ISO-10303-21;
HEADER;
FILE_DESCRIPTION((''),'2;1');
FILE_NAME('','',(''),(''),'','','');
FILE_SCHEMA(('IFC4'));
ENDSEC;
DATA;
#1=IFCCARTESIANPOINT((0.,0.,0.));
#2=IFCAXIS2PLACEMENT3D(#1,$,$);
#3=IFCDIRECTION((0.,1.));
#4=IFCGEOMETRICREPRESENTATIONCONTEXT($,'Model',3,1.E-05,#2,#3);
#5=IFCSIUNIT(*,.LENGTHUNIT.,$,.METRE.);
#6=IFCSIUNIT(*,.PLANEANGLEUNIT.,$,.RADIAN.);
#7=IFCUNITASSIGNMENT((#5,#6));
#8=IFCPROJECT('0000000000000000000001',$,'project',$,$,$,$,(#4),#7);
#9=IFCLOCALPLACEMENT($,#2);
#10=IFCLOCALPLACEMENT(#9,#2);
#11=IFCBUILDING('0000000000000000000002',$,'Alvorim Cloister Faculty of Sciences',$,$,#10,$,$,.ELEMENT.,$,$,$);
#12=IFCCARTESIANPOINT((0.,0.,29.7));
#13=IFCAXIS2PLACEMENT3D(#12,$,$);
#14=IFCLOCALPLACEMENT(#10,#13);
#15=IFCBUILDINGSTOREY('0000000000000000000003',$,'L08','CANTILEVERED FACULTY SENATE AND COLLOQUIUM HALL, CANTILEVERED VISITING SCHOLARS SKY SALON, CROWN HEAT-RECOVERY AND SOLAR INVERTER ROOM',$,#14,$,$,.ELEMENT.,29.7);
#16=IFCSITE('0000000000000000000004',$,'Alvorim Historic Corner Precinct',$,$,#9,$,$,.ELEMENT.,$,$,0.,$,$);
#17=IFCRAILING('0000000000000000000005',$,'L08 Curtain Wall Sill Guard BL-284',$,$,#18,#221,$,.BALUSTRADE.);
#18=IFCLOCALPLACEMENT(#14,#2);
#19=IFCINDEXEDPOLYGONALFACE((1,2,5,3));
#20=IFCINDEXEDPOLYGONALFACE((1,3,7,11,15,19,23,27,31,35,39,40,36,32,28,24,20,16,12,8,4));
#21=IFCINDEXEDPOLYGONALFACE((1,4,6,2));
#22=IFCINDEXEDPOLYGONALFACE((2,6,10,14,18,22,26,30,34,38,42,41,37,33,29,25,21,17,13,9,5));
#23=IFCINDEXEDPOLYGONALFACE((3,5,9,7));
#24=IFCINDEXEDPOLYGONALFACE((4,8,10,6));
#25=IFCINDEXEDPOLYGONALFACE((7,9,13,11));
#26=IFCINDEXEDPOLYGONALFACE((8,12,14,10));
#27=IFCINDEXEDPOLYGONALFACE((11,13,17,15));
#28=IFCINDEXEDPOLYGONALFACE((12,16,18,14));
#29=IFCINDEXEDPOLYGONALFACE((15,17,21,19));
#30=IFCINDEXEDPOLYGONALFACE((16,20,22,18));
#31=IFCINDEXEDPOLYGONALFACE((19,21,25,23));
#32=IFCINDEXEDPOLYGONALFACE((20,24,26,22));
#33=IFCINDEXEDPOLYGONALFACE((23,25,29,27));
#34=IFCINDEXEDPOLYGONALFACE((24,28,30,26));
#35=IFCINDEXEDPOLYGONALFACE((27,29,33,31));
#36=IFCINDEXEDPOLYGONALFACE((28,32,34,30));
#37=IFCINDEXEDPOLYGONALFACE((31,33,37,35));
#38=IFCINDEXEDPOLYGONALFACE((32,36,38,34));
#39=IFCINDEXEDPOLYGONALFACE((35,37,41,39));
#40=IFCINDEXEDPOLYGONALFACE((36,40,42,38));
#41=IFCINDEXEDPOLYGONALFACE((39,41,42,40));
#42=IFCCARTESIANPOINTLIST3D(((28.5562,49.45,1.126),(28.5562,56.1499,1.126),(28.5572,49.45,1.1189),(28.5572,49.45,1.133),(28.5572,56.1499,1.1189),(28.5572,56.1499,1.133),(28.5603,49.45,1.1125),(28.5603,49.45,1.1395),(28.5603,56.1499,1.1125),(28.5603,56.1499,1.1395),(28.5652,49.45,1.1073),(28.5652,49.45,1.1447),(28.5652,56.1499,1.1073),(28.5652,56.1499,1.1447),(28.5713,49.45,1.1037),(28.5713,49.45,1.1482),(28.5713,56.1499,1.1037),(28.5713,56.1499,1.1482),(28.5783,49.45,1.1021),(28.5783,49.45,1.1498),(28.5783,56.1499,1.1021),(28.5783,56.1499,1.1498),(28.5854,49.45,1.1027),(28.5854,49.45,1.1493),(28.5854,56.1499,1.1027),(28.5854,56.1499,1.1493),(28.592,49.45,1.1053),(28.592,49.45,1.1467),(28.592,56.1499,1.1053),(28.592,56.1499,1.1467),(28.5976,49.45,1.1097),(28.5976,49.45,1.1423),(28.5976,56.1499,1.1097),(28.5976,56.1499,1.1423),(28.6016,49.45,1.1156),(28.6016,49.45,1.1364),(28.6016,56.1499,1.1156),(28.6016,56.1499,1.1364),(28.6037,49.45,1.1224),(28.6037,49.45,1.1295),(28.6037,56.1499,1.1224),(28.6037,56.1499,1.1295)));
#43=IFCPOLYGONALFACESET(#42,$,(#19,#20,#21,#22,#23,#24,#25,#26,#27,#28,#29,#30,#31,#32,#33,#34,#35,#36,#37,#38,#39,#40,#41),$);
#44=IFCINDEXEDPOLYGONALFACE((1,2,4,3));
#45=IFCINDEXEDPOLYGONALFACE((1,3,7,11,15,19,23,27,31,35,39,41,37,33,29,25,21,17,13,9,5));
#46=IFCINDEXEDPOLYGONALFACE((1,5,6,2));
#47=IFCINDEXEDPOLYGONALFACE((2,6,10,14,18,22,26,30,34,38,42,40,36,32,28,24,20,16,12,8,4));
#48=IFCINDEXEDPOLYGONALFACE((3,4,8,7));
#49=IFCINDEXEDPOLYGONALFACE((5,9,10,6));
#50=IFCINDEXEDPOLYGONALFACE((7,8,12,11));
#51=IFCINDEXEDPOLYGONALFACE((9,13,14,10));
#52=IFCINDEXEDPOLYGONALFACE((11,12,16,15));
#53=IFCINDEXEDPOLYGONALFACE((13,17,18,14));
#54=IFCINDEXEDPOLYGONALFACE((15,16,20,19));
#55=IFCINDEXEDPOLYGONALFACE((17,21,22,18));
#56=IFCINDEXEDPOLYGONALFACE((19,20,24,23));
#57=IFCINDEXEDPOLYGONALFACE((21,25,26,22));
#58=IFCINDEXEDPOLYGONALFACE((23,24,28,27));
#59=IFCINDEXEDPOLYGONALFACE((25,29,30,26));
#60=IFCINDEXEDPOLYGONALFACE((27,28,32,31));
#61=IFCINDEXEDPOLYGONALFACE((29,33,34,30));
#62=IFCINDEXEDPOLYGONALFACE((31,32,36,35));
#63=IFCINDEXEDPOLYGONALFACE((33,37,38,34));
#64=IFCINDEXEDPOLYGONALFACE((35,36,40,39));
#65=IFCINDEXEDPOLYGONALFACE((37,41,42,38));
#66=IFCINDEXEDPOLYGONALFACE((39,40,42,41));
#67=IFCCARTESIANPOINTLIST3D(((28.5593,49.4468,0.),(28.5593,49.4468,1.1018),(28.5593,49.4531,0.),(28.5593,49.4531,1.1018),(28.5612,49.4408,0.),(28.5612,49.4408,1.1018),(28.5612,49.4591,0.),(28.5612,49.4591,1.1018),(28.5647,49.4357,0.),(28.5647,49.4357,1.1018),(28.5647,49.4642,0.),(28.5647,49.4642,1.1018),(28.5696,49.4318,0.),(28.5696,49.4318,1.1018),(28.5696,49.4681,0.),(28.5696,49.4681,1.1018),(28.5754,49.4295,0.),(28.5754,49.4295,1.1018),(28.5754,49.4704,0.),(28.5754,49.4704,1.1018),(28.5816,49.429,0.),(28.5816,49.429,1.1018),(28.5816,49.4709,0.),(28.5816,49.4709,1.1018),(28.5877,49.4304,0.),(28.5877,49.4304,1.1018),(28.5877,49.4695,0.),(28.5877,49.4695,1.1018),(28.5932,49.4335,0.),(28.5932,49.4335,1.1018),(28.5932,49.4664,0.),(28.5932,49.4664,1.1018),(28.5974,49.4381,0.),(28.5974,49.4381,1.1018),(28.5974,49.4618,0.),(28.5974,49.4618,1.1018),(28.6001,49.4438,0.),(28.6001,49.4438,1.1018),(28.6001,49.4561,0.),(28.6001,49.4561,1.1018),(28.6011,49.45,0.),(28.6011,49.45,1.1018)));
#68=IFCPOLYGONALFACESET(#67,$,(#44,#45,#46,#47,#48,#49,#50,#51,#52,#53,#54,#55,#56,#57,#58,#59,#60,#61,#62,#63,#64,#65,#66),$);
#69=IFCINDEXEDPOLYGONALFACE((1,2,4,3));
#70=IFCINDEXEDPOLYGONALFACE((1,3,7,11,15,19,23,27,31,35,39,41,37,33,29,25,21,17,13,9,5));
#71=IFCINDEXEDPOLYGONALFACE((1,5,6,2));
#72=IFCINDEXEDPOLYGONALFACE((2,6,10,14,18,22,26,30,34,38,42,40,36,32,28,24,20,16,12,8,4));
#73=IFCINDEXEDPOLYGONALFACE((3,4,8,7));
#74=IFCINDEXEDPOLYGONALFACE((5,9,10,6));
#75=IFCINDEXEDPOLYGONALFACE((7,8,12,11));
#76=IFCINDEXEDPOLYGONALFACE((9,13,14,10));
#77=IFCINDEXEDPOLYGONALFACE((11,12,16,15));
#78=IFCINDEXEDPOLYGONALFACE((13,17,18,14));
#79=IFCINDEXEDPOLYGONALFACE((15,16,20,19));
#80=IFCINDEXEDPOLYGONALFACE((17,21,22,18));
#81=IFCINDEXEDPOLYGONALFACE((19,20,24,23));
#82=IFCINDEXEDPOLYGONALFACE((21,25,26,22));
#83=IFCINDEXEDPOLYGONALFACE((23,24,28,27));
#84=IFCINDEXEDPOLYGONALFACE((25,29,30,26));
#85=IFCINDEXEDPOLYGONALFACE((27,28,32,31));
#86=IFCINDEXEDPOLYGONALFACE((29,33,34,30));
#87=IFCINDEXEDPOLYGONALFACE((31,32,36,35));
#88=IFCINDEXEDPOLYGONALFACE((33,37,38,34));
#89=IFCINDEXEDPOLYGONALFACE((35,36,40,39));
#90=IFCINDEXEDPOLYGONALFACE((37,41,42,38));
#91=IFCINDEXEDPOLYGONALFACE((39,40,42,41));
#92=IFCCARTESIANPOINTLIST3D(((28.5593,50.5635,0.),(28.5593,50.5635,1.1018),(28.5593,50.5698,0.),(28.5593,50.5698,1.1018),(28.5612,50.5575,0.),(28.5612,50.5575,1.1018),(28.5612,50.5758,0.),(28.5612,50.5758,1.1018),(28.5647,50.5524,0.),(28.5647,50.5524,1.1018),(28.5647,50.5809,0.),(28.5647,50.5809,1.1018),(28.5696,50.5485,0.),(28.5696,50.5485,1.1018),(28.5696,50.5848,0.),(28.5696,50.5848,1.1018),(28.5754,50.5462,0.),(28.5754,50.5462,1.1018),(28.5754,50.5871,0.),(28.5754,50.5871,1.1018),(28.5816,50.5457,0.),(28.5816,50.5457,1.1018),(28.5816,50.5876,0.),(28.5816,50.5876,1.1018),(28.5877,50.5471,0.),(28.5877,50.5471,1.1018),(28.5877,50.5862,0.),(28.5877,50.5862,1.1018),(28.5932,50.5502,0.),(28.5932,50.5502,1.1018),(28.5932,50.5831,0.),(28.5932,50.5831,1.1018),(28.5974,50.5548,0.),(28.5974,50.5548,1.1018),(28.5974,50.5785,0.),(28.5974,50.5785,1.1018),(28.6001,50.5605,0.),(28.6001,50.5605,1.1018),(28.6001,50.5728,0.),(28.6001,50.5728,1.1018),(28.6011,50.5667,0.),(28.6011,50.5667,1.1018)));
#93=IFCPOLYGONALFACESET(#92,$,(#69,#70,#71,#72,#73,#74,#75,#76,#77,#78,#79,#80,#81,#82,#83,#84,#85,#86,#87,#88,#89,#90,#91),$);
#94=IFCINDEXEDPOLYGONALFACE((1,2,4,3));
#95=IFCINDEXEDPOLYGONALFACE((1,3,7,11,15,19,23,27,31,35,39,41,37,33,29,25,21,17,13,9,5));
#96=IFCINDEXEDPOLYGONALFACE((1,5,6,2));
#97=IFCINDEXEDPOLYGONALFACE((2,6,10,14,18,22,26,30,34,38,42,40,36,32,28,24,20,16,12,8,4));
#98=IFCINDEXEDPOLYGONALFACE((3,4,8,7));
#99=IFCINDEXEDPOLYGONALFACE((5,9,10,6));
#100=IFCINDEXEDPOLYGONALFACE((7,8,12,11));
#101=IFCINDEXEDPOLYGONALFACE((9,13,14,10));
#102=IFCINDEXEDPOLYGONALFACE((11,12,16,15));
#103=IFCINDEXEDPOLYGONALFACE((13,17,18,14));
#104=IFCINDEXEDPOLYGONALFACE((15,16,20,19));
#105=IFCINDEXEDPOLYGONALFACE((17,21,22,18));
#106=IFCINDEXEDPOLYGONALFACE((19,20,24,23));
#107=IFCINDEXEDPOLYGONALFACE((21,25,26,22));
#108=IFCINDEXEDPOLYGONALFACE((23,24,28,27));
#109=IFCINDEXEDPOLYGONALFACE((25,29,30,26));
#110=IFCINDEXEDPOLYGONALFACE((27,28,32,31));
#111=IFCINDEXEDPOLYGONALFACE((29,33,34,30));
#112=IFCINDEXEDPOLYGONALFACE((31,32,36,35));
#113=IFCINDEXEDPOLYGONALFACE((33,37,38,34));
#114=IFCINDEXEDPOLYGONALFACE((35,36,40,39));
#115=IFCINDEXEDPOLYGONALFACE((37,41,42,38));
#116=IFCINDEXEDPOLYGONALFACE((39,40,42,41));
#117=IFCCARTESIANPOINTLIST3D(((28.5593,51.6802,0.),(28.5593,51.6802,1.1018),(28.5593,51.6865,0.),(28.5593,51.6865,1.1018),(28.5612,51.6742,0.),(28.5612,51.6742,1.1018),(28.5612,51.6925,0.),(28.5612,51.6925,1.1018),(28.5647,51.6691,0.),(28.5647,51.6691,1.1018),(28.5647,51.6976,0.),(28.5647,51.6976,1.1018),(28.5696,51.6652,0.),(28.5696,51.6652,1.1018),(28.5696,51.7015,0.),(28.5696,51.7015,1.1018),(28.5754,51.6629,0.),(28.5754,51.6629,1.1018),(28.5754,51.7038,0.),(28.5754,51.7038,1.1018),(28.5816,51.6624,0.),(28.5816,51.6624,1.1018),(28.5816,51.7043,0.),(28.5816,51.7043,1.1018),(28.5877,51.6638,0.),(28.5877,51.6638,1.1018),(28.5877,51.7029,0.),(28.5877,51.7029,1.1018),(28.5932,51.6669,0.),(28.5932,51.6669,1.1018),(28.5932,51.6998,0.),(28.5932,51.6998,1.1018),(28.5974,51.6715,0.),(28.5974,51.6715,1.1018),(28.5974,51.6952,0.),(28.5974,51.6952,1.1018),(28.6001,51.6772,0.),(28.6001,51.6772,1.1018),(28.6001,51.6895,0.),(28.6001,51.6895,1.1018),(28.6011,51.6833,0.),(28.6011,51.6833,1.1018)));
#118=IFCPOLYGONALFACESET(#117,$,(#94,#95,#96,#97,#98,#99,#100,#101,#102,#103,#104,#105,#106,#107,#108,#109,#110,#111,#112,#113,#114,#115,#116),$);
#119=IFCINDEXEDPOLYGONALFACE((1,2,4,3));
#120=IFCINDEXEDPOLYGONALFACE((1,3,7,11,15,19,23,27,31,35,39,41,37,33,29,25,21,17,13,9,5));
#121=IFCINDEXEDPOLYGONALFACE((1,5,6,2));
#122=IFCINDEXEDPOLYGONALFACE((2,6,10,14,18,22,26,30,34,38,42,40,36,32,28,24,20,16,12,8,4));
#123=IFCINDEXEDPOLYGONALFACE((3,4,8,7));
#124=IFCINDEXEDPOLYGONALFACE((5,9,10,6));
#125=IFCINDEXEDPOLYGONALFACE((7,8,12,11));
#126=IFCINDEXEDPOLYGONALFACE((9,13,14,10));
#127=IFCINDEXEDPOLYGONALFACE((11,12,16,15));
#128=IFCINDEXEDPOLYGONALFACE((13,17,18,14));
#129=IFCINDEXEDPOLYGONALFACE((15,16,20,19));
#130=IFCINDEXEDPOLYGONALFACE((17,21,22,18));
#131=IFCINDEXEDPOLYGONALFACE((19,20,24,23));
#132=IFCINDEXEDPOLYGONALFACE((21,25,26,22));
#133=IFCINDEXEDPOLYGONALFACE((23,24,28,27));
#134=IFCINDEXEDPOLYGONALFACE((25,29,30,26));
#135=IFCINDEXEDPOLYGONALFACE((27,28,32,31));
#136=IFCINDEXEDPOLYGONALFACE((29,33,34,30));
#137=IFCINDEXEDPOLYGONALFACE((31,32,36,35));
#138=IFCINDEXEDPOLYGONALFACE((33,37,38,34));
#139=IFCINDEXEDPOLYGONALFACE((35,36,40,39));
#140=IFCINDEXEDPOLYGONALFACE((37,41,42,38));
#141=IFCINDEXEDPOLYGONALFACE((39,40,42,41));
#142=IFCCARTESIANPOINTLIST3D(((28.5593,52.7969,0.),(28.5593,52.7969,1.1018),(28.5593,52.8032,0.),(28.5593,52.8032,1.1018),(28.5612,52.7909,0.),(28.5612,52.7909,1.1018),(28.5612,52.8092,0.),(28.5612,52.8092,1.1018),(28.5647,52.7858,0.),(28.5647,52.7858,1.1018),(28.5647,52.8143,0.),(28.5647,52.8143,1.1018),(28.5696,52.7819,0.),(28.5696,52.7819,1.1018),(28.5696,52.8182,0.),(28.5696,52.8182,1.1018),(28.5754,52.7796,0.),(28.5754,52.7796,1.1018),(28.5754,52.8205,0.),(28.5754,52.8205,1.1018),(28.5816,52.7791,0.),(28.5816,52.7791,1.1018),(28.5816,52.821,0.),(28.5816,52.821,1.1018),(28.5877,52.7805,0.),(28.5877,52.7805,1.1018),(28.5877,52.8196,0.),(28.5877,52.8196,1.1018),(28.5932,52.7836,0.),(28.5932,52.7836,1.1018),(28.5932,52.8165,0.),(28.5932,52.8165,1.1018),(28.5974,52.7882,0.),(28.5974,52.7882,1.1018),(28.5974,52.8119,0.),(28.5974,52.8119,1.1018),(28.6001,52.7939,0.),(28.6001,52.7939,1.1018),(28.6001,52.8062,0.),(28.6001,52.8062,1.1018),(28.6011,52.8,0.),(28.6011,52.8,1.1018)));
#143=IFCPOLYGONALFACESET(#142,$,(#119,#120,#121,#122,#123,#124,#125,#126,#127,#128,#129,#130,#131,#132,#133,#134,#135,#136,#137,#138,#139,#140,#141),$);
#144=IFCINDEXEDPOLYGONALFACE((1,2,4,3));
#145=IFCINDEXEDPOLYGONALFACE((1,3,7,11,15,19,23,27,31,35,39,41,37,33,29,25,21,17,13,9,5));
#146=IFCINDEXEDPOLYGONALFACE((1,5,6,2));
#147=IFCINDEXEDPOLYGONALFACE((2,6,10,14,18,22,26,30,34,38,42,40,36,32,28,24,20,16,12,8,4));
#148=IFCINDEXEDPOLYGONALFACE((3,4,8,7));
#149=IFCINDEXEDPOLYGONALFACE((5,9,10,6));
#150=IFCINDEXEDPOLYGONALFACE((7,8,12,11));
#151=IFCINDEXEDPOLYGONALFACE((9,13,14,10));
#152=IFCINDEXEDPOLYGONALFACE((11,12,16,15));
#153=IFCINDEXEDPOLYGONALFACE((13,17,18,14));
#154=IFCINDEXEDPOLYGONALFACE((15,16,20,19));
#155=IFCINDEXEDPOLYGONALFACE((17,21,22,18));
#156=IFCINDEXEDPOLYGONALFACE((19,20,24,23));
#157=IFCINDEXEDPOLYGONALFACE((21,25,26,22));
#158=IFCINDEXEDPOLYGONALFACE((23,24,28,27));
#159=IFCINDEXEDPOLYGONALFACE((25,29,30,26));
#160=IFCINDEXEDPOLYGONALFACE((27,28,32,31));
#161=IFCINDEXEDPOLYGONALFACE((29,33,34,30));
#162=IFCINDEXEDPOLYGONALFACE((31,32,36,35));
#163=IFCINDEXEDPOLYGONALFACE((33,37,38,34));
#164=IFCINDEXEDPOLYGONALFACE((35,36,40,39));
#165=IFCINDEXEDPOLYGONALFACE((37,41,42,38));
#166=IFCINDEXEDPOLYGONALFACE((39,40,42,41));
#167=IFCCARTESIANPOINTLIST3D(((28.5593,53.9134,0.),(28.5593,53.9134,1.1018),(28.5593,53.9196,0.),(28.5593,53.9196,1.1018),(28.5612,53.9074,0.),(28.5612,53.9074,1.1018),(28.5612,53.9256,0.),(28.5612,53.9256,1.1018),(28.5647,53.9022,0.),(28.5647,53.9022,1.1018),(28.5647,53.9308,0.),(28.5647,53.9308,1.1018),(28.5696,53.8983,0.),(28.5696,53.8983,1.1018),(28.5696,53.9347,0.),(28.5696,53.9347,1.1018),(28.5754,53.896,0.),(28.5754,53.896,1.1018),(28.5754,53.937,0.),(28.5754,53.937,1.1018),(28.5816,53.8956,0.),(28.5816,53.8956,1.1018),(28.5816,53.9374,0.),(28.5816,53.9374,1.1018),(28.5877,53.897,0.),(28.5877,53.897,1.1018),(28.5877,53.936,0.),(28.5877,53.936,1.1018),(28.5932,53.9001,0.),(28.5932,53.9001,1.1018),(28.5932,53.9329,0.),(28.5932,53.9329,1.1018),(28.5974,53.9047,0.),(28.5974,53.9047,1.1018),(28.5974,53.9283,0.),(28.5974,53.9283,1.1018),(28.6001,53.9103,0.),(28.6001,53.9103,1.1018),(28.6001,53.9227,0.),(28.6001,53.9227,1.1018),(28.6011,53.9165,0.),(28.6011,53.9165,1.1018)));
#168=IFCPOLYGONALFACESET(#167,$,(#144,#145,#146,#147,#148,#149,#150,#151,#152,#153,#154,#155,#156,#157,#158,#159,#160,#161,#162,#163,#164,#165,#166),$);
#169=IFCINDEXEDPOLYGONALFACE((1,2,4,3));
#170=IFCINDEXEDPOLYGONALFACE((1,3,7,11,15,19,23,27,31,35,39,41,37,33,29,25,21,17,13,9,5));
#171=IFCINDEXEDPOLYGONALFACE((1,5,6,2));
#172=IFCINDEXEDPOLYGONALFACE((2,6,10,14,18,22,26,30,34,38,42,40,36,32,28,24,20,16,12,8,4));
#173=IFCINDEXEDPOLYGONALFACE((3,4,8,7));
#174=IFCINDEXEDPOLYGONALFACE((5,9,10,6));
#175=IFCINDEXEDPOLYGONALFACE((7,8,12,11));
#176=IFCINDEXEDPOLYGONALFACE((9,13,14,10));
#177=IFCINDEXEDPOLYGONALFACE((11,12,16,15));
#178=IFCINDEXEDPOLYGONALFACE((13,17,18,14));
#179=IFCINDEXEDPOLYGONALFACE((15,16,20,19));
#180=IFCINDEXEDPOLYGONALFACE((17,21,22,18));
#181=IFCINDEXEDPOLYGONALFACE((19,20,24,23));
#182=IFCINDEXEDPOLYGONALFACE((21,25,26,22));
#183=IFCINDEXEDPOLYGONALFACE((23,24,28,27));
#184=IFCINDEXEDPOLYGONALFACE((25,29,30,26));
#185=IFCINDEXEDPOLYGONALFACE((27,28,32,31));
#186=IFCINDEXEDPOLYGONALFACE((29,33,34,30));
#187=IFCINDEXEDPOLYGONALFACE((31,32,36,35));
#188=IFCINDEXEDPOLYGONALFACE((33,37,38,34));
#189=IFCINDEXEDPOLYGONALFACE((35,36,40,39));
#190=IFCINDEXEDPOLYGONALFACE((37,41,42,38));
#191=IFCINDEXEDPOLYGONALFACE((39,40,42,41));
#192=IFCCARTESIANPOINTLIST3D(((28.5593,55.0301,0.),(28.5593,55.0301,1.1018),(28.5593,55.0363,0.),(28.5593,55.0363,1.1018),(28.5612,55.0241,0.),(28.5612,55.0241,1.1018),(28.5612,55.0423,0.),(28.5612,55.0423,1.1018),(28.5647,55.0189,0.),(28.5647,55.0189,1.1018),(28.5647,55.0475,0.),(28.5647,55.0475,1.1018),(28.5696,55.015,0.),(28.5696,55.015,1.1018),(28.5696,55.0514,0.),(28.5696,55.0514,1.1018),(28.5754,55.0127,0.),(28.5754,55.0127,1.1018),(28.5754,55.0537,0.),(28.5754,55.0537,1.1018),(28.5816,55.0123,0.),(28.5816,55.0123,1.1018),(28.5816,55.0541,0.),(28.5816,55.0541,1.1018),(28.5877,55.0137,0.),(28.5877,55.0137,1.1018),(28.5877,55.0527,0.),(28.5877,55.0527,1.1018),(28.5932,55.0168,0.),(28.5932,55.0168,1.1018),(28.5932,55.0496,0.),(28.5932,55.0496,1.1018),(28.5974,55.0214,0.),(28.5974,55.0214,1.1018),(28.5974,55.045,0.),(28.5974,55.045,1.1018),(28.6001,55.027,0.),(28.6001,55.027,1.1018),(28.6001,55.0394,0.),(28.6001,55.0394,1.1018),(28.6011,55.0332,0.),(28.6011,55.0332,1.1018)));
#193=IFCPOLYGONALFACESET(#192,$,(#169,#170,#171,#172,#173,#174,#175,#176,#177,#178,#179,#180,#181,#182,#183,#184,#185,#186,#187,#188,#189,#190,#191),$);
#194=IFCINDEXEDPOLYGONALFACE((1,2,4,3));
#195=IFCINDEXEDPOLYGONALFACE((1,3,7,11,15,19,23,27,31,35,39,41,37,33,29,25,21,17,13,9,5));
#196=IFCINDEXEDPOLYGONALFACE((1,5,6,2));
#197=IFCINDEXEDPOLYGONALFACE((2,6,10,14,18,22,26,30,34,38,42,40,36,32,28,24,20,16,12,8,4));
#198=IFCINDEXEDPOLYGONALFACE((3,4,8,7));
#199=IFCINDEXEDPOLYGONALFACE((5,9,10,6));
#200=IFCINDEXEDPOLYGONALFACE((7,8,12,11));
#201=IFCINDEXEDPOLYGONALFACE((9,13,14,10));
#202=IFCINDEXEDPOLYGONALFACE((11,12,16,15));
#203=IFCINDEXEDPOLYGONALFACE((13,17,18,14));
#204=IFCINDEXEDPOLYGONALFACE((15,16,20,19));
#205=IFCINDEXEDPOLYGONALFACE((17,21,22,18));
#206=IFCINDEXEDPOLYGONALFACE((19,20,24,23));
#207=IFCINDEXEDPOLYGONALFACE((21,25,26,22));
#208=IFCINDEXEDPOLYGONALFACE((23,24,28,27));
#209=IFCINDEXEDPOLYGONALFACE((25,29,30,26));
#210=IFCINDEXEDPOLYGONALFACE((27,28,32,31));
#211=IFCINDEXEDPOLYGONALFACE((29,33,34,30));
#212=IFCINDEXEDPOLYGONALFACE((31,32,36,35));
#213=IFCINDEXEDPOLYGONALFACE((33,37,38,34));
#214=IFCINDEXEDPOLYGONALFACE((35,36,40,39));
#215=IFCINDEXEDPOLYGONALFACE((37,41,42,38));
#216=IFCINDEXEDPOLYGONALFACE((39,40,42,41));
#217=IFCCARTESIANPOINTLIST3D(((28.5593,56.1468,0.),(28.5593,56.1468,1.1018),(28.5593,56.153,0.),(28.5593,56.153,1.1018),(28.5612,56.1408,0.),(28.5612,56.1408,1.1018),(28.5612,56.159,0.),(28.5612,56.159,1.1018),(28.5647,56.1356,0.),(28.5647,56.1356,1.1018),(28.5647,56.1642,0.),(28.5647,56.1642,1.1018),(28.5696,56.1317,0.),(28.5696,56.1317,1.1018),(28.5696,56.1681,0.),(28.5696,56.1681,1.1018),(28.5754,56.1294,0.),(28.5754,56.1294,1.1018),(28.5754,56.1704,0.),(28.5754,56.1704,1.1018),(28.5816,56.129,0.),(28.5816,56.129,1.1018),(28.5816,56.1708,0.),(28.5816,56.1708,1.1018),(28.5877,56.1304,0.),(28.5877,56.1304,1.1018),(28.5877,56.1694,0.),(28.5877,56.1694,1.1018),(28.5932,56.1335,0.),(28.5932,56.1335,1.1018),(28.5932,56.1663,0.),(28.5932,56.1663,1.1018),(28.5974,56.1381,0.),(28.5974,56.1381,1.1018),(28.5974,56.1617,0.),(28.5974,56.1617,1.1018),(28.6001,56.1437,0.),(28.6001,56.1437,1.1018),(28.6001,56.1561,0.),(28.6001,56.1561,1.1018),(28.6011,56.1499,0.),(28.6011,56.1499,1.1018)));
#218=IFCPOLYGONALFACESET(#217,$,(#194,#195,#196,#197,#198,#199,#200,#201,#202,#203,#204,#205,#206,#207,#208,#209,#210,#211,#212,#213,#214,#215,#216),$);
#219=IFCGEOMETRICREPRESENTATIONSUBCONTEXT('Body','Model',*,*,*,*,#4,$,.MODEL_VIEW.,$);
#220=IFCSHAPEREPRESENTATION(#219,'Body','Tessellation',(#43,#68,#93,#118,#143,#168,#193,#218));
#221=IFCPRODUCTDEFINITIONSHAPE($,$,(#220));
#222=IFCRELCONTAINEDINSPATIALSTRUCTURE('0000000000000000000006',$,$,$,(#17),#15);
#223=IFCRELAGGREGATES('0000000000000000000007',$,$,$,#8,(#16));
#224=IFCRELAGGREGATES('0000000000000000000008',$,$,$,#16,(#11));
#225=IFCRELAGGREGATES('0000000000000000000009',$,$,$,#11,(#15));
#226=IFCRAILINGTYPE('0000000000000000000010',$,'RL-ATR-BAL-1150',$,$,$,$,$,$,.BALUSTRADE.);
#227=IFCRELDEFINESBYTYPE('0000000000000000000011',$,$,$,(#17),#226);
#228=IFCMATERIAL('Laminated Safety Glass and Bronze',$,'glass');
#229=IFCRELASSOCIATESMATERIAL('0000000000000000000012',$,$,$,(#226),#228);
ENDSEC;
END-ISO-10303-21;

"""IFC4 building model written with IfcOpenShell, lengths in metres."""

from ifc_helpers import new_model, si_unit, direction, frame, origin, origin_2d, place, context, subcontext, project, spatial, circle, extrude, material, type_object, element, save


model = new_model("IFC4")

# Units and contexts
model_context = context("Model", 3, precision=1e-05, world=origin(), true_north=direction((0.0, 1.0)))
body_context = subcontext(model_context, "Body", "Model", "MODEL_VIEW")
ifc_project = project(units=[si_unit("LENGTHUNIT", "METRE"), si_unit("PLANEANGLEUNIT", "RADIAN")], contexts=[model_context])

# Site, building, storey
site_placement = place(None, origin())
site = spatial("IfcSite", under=ifc_project, at=site_placement, Name="Alvorim Historic Corner Precinct", CompositionType="ELEMENT", RefElevation=0.0)
building_placement = place(site_placement, origin())
building = spatial("IfcBuilding", under=site, at=building_placement, Name="Alvorim Cloister Faculty of Sciences", CompositionType="ELEMENT")
storey_placement = place(building_placement, frame((0.0, 0.0, 29.7)))
storey = spatial("IfcBuildingStorey", under=building, at=storey_placement, Name="L08", Description="CANTILEVERED FACULTY SENATE AND COLLOQUIUM HALL, CANTILEVERED VISITING SCHOLARS SKY SALON, CROWN HEAT-RECOVERY AND SOLAR INVERTER ROOM", CompositionType="ELEMENT", Elevation=29.7)

# Railing
ifc_material_1 = material(Name="Laminated Safety Glass and Bronze", Category="glass")
railing_type_1 = type_object("IfcRailingType", Name="RL-ATR-BAL-1150", PredefinedType="BALUSTRADE", material=ifc_material_1)
railing_1_placement = place(storey_placement, frame((28.5801, 49.45, 0.0)))
element("IfcRailing", 1, at=railing_1_placement, inside=storey, type_object=railing_type_1, Name="L08 Curtain Wall Sill Guard BL-284", PredefinedType="BALUSTRADE", context=body_context, shape_type="SweptSolid", body=[
    extrude(circle(Radius=0.0239, at=origin_2d()), frame((0.0, 0.0, 1.126), z_axis=(0.0, 1.0, 0.0), x_axis=(-1.0, 0.0, 0.0)), (0.0, 0.0, 1.0), 6.7),
    extrude(circle(Radius=0.021, at=origin_2d()), origin(), (0.0, 0.0, 1.0), 1.1018),
    extrude(circle(Radius=0.021, at=origin_2d()), frame((0.0, 1.1167, 0.0)), (0.0, 0.0, 1.0), 1.1018),
    extrude(circle(Radius=0.021, at=origin_2d()), frame((0.0, 2.2334, 0.0)), (0.0, 0.0, 1.0), 1.1018),
    extrude(circle(Radius=0.021, at=origin_2d()), frame((0.0, 3.3501, 0.0)), (0.0, 0.0, 1.0), 1.1018),
    extrude(circle(Radius=0.021, at=origin_2d()), frame((0.0, 4.4666, 0.0)), (0.0, 0.0, 1.0), 1.1018),
    extrude(circle(Radius=0.021, at=origin_2d()), frame((0.0, 5.5833, 0.0)), (0.0, 0.0, 1.0), 1.1018),
    extrude(circle(Radius=0.021, at=origin_2d()), frame((0.0, 6.7, 0.0)), (0.0, 0.0, 1.0), 1.1018),
])

save(model, "model.ifc")
